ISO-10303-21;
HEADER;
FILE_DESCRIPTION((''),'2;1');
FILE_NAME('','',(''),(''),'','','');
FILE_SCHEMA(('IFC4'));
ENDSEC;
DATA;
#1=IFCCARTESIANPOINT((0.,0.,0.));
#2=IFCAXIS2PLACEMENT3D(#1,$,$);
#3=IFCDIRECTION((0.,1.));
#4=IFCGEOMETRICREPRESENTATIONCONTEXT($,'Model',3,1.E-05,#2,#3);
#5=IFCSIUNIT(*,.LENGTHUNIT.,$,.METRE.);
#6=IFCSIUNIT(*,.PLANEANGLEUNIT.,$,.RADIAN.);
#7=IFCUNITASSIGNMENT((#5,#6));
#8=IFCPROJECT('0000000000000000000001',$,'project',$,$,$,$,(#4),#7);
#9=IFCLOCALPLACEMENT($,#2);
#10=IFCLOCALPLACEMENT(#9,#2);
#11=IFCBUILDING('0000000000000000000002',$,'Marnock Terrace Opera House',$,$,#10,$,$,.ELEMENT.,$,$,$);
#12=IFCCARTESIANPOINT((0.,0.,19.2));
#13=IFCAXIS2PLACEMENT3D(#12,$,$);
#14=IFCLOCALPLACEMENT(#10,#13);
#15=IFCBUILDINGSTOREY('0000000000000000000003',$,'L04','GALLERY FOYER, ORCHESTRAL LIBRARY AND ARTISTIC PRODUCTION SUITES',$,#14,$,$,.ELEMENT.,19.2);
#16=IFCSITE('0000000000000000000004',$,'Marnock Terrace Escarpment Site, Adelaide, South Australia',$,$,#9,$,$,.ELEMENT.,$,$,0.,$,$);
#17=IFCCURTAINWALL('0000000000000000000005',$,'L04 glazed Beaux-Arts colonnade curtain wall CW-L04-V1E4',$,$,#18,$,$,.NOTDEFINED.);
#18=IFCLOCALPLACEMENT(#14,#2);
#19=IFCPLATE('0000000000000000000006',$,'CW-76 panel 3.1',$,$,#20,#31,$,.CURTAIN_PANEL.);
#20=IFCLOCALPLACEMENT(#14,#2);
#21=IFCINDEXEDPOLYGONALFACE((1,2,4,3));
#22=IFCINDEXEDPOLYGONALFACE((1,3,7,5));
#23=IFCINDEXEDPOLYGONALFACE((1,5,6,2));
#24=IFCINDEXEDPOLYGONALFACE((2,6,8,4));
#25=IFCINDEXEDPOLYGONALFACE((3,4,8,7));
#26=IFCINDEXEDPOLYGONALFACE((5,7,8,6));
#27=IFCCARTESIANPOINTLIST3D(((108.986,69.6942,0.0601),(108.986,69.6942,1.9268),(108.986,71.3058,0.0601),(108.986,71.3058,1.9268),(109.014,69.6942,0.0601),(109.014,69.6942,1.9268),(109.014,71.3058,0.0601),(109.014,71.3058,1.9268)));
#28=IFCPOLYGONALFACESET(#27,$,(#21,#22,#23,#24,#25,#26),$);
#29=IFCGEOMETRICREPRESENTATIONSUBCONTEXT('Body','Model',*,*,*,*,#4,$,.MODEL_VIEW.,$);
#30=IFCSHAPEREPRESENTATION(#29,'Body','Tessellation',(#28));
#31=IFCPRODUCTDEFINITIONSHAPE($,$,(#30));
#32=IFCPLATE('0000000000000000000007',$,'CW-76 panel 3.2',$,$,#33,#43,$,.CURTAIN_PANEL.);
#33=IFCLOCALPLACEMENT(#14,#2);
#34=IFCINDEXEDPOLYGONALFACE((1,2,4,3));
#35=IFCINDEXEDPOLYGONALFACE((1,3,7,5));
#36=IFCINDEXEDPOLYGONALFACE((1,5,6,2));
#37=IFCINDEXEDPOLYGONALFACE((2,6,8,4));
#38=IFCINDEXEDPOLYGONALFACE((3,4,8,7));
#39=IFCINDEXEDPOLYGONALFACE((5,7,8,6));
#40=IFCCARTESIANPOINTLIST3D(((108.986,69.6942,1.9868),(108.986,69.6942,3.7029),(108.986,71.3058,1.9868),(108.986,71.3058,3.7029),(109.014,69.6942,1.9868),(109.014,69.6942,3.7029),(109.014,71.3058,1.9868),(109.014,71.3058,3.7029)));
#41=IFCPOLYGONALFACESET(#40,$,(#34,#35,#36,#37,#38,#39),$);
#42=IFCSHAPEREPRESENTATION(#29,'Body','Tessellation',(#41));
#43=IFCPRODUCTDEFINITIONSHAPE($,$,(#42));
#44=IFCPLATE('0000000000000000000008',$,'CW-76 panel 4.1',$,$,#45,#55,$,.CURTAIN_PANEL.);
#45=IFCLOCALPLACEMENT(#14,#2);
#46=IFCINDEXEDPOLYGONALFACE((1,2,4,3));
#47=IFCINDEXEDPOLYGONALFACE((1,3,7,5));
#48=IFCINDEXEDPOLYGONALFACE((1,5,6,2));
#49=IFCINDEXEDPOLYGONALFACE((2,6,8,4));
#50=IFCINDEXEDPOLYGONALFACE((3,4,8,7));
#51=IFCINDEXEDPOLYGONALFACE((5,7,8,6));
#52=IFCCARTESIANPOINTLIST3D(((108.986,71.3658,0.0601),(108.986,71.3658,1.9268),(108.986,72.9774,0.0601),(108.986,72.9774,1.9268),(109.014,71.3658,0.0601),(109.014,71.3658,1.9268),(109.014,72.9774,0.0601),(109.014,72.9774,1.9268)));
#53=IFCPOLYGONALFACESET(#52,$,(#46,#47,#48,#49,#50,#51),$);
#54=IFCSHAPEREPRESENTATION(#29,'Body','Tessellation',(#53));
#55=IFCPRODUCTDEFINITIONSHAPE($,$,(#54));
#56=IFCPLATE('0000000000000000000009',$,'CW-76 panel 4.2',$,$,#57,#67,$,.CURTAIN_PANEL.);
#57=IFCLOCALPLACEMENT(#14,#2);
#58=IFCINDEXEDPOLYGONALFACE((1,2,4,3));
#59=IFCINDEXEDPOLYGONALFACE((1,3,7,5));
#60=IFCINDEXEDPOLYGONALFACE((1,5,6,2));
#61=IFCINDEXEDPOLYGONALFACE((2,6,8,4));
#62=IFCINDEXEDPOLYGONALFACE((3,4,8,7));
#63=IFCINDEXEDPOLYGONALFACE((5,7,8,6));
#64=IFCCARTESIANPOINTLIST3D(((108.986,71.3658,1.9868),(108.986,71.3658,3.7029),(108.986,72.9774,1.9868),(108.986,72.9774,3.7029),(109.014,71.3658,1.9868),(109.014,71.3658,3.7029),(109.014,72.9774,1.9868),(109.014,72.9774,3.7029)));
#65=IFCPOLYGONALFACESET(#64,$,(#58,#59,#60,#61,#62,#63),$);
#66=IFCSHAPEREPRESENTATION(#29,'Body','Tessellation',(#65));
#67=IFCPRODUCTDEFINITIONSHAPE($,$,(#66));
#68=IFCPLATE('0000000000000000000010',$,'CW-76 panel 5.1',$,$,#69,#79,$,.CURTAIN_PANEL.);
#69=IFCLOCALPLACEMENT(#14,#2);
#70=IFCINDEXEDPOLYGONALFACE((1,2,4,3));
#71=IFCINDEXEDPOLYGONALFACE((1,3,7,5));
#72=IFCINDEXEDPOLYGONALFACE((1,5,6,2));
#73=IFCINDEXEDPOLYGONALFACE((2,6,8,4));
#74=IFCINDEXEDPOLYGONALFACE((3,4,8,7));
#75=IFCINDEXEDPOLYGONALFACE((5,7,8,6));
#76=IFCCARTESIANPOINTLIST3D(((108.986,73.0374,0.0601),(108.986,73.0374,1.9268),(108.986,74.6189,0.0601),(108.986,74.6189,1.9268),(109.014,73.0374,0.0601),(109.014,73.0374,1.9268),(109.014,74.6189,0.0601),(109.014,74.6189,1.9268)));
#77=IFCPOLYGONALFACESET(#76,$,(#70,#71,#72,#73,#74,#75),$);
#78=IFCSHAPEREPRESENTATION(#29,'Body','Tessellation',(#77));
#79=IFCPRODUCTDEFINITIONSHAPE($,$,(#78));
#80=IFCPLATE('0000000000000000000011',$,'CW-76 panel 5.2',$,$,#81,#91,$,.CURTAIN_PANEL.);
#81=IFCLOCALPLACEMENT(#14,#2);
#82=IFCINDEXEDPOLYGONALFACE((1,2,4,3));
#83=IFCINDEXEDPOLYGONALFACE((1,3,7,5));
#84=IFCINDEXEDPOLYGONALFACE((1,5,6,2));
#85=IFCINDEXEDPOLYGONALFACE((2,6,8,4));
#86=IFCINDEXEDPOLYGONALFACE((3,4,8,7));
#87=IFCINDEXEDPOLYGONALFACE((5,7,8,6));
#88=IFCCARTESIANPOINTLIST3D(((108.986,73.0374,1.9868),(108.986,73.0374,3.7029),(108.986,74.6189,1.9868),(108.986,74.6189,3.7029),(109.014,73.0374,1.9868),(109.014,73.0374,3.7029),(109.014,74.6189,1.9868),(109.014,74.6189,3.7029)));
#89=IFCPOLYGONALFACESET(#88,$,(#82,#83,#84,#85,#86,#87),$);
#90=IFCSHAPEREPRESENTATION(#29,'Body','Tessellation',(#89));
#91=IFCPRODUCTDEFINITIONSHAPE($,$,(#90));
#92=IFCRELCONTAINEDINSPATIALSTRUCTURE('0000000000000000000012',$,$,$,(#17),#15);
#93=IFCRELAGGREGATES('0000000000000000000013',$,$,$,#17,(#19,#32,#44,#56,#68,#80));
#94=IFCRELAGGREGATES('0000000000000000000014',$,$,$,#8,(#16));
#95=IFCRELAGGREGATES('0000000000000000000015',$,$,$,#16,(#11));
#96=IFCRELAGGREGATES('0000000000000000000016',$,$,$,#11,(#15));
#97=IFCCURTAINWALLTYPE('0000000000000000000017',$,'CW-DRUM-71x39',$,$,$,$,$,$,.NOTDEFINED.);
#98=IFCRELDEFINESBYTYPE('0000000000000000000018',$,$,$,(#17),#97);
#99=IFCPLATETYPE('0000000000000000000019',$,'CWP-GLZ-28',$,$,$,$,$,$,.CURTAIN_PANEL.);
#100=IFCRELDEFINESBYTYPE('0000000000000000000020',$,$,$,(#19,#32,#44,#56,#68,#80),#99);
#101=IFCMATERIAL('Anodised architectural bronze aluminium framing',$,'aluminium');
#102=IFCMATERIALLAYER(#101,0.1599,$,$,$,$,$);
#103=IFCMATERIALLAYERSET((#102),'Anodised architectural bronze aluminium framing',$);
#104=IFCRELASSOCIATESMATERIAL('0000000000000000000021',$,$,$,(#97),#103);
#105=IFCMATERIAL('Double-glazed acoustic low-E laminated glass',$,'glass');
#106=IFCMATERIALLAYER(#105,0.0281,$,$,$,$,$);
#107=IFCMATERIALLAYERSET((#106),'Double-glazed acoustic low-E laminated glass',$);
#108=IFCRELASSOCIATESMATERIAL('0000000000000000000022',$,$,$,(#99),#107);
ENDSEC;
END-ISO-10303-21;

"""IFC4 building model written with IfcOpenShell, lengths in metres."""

from ifc_helpers import new_model, si_unit, direction, frame, origin, origin_2d, place, context, subcontext, project, spatial, rectangle, extrude, material, layer, layer_set, type_object, element, aggregate, save


model = new_model("IFC4")

# Units and contexts
model_context = context("Model", 3, precision=1e-05, world=origin(), true_north=direction((0.0, 1.0)))
body_context = subcontext(model_context, "Body", "Model", "MODEL_VIEW")
ifc_project = project(units=[si_unit("LENGTHUNIT", "METRE"), si_unit("PLANEANGLEUNIT", "RADIAN")], contexts=[model_context])

# Site, building, storey
site_placement = place(None, origin())
site = spatial("IfcSite", under=ifc_project, at=site_placement, Name="Marnock Terrace Escarpment Site, Adelaide, South Australia", CompositionType="ELEMENT", RefElevation=0.0)
building_placement = place(site_placement, origin())
building = spatial("IfcBuilding", under=site, at=building_placement, Name="Marnock Terrace Opera House", CompositionType="ELEMENT")
storey_placement = place(building_placement, frame((0.0, 0.0, 19.2)))
storey = spatial("IfcBuildingStorey", under=building, at=storey_placement, Name="L04", Description="GALLERY FOYER, ORCHESTRAL LIBRARY AND ARTISTIC PRODUCTION SUITES", CompositionType="ELEMENT", Elevation=19.2)

# Curtain wall, plates
ifc_material_1 = material(Name="Anodised architectural bronze aluminium framing", Category="aluminium")
ifc_layer_1 = layer(ifc_material_1, 0.1599)
ifc_layer_set_1 = layer_set([ifc_layer_1], Name="Anodised architectural bronze aluminium framing")
curtain_wall_type = type_object("IfcCurtainWallType", Name="CW-DRUM-71x39", PredefinedType="NOTDEFINED", material=ifc_layer_set_1)
curtain_wall_placement = place(storey_placement, origin())
curtain_wall = element("IfcCurtainWall", 1, at=curtain_wall_placement, inside=storey, type_object=curtain_wall_type, Name="L04 glazed Beaux-Arts colonnade curtain wall CW-L04-V1E4", PredefinedType="NOTDEFINED")
ifc_material_2 = material(Name="Double-glazed acoustic low-E laminated glass", Category="glass")
ifc_layer_2 = layer(ifc_material_2, 0.0281)
ifc_layer_set_2 = layer_set([ifc_layer_2], Name="Double-glazed acoustic low-E laminated glass")
plate_type = type_object("IfcPlateType", Name="CWP-GLZ-28", PredefinedType="CURTAIN_PANEL", material=ifc_layer_set_2)
plate_1_placement = place(storey_placement, frame((109.0, 70.5, 0.0601), z_axis=(0.0, 0.0, 1.0), x_axis=(0.0, 1.0, 0.0)))
plate_1 = element("IfcPlate", 2, at=plate_1_placement, type_object=plate_type, Name="CW-76 panel 3.1", PredefinedType="CURTAIN_PANEL", context=body_context, shape_type="SweptSolid", body=[
    extrude(rectangle(XDim=1.6116, YDim=0.0281, at=origin_2d()), origin(), (0.0, 0.0, 1.0), 1.8667),
])
plate_2_placement = place(storey_placement, frame((109.0, 70.5, 1.9868), z_axis=(0.0, 0.0, 1.0), x_axis=(0.0, 1.0, 0.0)))
plate_2 = element("IfcPlate", 3, at=plate_2_placement, type_object=plate_type, Name="CW-76 panel 3.2", PredefinedType="CURTAIN_PANEL", context=body_context, shape_type="SweptSolid", body=[
    extrude(rectangle(XDim=1.6116, YDim=0.0281, at=origin_2d()), origin(), (0.0, 0.0, 1.0), 1.7161),
])
plate_3_placement = place(storey_placement, frame((109.0, 72.1716, 0.0601), z_axis=(0.0, 0.0, 1.0), x_axis=(0.0, 1.0, 0.0)))
plate_3 = element("IfcPlate", 4, at=plate_3_placement, type_object=plate_type, Name="CW-76 panel 4.1", PredefinedType="CURTAIN_PANEL", context=body_context, shape_type="SweptSolid", body=[
    extrude(rectangle(XDim=1.6116, YDim=0.0281, at=origin_2d()), origin(), (0.0, 0.0, 1.0), 1.8667),
])
plate_4_placement = place(storey_placement, frame((109.0, 72.1716, 1.9868), z_axis=(0.0, 0.0, 1.0), x_axis=(0.0, 1.0, 0.0)))
plate_4 = element("IfcPlate", 5, at=plate_4_placement, type_object=plate_type, Name="CW-76 panel 4.2", PredefinedType="CURTAIN_PANEL", context=body_context, shape_type="SweptSolid", body=[
    extrude(rectangle(XDim=1.6116, YDim=0.0281, at=origin_2d()), origin(), (0.0, 0.0, 1.0), 1.7161),
])
plate_5_placement = place(storey_placement, frame((109.0, 73.8281, 0.0601), z_axis=(0.0, 0.0, 1.0), x_axis=(0.0, 1.0, 0.0)))
plate_5 = element("IfcPlate", 6, at=plate_5_placement, type_object=plate_type, Name="CW-76 panel 5.1", PredefinedType="CURTAIN_PANEL", context=body_context, shape_type="SweptSolid", body=[
    extrude(rectangle(XDim=1.5815, YDim=0.0281, at=origin_2d()), origin(), (0.0, 0.0, 1.0), 1.8667),
])
plate_6_placement = place(storey_placement, frame((109.0, 73.8281, 1.9868), z_axis=(0.0, 0.0, 1.0), x_axis=(0.0, 1.0, 0.0)))
plate_6 = element("IfcPlate", 7, at=plate_6_placement, type_object=plate_type, Name="CW-76 panel 5.2", PredefinedType="CURTAIN_PANEL", context=body_context, shape_type="SweptSolid", body=[
    extrude(rectangle(XDim=1.5815, YDim=0.0281, at=origin_2d()), origin(), (0.0, 0.0, 1.0), 1.7161),
])
aggregate(curtain_wall, [plate_1, plate_2, plate_3, plate_4, plate_5, plate_6])

save(model, "model.ifc")
